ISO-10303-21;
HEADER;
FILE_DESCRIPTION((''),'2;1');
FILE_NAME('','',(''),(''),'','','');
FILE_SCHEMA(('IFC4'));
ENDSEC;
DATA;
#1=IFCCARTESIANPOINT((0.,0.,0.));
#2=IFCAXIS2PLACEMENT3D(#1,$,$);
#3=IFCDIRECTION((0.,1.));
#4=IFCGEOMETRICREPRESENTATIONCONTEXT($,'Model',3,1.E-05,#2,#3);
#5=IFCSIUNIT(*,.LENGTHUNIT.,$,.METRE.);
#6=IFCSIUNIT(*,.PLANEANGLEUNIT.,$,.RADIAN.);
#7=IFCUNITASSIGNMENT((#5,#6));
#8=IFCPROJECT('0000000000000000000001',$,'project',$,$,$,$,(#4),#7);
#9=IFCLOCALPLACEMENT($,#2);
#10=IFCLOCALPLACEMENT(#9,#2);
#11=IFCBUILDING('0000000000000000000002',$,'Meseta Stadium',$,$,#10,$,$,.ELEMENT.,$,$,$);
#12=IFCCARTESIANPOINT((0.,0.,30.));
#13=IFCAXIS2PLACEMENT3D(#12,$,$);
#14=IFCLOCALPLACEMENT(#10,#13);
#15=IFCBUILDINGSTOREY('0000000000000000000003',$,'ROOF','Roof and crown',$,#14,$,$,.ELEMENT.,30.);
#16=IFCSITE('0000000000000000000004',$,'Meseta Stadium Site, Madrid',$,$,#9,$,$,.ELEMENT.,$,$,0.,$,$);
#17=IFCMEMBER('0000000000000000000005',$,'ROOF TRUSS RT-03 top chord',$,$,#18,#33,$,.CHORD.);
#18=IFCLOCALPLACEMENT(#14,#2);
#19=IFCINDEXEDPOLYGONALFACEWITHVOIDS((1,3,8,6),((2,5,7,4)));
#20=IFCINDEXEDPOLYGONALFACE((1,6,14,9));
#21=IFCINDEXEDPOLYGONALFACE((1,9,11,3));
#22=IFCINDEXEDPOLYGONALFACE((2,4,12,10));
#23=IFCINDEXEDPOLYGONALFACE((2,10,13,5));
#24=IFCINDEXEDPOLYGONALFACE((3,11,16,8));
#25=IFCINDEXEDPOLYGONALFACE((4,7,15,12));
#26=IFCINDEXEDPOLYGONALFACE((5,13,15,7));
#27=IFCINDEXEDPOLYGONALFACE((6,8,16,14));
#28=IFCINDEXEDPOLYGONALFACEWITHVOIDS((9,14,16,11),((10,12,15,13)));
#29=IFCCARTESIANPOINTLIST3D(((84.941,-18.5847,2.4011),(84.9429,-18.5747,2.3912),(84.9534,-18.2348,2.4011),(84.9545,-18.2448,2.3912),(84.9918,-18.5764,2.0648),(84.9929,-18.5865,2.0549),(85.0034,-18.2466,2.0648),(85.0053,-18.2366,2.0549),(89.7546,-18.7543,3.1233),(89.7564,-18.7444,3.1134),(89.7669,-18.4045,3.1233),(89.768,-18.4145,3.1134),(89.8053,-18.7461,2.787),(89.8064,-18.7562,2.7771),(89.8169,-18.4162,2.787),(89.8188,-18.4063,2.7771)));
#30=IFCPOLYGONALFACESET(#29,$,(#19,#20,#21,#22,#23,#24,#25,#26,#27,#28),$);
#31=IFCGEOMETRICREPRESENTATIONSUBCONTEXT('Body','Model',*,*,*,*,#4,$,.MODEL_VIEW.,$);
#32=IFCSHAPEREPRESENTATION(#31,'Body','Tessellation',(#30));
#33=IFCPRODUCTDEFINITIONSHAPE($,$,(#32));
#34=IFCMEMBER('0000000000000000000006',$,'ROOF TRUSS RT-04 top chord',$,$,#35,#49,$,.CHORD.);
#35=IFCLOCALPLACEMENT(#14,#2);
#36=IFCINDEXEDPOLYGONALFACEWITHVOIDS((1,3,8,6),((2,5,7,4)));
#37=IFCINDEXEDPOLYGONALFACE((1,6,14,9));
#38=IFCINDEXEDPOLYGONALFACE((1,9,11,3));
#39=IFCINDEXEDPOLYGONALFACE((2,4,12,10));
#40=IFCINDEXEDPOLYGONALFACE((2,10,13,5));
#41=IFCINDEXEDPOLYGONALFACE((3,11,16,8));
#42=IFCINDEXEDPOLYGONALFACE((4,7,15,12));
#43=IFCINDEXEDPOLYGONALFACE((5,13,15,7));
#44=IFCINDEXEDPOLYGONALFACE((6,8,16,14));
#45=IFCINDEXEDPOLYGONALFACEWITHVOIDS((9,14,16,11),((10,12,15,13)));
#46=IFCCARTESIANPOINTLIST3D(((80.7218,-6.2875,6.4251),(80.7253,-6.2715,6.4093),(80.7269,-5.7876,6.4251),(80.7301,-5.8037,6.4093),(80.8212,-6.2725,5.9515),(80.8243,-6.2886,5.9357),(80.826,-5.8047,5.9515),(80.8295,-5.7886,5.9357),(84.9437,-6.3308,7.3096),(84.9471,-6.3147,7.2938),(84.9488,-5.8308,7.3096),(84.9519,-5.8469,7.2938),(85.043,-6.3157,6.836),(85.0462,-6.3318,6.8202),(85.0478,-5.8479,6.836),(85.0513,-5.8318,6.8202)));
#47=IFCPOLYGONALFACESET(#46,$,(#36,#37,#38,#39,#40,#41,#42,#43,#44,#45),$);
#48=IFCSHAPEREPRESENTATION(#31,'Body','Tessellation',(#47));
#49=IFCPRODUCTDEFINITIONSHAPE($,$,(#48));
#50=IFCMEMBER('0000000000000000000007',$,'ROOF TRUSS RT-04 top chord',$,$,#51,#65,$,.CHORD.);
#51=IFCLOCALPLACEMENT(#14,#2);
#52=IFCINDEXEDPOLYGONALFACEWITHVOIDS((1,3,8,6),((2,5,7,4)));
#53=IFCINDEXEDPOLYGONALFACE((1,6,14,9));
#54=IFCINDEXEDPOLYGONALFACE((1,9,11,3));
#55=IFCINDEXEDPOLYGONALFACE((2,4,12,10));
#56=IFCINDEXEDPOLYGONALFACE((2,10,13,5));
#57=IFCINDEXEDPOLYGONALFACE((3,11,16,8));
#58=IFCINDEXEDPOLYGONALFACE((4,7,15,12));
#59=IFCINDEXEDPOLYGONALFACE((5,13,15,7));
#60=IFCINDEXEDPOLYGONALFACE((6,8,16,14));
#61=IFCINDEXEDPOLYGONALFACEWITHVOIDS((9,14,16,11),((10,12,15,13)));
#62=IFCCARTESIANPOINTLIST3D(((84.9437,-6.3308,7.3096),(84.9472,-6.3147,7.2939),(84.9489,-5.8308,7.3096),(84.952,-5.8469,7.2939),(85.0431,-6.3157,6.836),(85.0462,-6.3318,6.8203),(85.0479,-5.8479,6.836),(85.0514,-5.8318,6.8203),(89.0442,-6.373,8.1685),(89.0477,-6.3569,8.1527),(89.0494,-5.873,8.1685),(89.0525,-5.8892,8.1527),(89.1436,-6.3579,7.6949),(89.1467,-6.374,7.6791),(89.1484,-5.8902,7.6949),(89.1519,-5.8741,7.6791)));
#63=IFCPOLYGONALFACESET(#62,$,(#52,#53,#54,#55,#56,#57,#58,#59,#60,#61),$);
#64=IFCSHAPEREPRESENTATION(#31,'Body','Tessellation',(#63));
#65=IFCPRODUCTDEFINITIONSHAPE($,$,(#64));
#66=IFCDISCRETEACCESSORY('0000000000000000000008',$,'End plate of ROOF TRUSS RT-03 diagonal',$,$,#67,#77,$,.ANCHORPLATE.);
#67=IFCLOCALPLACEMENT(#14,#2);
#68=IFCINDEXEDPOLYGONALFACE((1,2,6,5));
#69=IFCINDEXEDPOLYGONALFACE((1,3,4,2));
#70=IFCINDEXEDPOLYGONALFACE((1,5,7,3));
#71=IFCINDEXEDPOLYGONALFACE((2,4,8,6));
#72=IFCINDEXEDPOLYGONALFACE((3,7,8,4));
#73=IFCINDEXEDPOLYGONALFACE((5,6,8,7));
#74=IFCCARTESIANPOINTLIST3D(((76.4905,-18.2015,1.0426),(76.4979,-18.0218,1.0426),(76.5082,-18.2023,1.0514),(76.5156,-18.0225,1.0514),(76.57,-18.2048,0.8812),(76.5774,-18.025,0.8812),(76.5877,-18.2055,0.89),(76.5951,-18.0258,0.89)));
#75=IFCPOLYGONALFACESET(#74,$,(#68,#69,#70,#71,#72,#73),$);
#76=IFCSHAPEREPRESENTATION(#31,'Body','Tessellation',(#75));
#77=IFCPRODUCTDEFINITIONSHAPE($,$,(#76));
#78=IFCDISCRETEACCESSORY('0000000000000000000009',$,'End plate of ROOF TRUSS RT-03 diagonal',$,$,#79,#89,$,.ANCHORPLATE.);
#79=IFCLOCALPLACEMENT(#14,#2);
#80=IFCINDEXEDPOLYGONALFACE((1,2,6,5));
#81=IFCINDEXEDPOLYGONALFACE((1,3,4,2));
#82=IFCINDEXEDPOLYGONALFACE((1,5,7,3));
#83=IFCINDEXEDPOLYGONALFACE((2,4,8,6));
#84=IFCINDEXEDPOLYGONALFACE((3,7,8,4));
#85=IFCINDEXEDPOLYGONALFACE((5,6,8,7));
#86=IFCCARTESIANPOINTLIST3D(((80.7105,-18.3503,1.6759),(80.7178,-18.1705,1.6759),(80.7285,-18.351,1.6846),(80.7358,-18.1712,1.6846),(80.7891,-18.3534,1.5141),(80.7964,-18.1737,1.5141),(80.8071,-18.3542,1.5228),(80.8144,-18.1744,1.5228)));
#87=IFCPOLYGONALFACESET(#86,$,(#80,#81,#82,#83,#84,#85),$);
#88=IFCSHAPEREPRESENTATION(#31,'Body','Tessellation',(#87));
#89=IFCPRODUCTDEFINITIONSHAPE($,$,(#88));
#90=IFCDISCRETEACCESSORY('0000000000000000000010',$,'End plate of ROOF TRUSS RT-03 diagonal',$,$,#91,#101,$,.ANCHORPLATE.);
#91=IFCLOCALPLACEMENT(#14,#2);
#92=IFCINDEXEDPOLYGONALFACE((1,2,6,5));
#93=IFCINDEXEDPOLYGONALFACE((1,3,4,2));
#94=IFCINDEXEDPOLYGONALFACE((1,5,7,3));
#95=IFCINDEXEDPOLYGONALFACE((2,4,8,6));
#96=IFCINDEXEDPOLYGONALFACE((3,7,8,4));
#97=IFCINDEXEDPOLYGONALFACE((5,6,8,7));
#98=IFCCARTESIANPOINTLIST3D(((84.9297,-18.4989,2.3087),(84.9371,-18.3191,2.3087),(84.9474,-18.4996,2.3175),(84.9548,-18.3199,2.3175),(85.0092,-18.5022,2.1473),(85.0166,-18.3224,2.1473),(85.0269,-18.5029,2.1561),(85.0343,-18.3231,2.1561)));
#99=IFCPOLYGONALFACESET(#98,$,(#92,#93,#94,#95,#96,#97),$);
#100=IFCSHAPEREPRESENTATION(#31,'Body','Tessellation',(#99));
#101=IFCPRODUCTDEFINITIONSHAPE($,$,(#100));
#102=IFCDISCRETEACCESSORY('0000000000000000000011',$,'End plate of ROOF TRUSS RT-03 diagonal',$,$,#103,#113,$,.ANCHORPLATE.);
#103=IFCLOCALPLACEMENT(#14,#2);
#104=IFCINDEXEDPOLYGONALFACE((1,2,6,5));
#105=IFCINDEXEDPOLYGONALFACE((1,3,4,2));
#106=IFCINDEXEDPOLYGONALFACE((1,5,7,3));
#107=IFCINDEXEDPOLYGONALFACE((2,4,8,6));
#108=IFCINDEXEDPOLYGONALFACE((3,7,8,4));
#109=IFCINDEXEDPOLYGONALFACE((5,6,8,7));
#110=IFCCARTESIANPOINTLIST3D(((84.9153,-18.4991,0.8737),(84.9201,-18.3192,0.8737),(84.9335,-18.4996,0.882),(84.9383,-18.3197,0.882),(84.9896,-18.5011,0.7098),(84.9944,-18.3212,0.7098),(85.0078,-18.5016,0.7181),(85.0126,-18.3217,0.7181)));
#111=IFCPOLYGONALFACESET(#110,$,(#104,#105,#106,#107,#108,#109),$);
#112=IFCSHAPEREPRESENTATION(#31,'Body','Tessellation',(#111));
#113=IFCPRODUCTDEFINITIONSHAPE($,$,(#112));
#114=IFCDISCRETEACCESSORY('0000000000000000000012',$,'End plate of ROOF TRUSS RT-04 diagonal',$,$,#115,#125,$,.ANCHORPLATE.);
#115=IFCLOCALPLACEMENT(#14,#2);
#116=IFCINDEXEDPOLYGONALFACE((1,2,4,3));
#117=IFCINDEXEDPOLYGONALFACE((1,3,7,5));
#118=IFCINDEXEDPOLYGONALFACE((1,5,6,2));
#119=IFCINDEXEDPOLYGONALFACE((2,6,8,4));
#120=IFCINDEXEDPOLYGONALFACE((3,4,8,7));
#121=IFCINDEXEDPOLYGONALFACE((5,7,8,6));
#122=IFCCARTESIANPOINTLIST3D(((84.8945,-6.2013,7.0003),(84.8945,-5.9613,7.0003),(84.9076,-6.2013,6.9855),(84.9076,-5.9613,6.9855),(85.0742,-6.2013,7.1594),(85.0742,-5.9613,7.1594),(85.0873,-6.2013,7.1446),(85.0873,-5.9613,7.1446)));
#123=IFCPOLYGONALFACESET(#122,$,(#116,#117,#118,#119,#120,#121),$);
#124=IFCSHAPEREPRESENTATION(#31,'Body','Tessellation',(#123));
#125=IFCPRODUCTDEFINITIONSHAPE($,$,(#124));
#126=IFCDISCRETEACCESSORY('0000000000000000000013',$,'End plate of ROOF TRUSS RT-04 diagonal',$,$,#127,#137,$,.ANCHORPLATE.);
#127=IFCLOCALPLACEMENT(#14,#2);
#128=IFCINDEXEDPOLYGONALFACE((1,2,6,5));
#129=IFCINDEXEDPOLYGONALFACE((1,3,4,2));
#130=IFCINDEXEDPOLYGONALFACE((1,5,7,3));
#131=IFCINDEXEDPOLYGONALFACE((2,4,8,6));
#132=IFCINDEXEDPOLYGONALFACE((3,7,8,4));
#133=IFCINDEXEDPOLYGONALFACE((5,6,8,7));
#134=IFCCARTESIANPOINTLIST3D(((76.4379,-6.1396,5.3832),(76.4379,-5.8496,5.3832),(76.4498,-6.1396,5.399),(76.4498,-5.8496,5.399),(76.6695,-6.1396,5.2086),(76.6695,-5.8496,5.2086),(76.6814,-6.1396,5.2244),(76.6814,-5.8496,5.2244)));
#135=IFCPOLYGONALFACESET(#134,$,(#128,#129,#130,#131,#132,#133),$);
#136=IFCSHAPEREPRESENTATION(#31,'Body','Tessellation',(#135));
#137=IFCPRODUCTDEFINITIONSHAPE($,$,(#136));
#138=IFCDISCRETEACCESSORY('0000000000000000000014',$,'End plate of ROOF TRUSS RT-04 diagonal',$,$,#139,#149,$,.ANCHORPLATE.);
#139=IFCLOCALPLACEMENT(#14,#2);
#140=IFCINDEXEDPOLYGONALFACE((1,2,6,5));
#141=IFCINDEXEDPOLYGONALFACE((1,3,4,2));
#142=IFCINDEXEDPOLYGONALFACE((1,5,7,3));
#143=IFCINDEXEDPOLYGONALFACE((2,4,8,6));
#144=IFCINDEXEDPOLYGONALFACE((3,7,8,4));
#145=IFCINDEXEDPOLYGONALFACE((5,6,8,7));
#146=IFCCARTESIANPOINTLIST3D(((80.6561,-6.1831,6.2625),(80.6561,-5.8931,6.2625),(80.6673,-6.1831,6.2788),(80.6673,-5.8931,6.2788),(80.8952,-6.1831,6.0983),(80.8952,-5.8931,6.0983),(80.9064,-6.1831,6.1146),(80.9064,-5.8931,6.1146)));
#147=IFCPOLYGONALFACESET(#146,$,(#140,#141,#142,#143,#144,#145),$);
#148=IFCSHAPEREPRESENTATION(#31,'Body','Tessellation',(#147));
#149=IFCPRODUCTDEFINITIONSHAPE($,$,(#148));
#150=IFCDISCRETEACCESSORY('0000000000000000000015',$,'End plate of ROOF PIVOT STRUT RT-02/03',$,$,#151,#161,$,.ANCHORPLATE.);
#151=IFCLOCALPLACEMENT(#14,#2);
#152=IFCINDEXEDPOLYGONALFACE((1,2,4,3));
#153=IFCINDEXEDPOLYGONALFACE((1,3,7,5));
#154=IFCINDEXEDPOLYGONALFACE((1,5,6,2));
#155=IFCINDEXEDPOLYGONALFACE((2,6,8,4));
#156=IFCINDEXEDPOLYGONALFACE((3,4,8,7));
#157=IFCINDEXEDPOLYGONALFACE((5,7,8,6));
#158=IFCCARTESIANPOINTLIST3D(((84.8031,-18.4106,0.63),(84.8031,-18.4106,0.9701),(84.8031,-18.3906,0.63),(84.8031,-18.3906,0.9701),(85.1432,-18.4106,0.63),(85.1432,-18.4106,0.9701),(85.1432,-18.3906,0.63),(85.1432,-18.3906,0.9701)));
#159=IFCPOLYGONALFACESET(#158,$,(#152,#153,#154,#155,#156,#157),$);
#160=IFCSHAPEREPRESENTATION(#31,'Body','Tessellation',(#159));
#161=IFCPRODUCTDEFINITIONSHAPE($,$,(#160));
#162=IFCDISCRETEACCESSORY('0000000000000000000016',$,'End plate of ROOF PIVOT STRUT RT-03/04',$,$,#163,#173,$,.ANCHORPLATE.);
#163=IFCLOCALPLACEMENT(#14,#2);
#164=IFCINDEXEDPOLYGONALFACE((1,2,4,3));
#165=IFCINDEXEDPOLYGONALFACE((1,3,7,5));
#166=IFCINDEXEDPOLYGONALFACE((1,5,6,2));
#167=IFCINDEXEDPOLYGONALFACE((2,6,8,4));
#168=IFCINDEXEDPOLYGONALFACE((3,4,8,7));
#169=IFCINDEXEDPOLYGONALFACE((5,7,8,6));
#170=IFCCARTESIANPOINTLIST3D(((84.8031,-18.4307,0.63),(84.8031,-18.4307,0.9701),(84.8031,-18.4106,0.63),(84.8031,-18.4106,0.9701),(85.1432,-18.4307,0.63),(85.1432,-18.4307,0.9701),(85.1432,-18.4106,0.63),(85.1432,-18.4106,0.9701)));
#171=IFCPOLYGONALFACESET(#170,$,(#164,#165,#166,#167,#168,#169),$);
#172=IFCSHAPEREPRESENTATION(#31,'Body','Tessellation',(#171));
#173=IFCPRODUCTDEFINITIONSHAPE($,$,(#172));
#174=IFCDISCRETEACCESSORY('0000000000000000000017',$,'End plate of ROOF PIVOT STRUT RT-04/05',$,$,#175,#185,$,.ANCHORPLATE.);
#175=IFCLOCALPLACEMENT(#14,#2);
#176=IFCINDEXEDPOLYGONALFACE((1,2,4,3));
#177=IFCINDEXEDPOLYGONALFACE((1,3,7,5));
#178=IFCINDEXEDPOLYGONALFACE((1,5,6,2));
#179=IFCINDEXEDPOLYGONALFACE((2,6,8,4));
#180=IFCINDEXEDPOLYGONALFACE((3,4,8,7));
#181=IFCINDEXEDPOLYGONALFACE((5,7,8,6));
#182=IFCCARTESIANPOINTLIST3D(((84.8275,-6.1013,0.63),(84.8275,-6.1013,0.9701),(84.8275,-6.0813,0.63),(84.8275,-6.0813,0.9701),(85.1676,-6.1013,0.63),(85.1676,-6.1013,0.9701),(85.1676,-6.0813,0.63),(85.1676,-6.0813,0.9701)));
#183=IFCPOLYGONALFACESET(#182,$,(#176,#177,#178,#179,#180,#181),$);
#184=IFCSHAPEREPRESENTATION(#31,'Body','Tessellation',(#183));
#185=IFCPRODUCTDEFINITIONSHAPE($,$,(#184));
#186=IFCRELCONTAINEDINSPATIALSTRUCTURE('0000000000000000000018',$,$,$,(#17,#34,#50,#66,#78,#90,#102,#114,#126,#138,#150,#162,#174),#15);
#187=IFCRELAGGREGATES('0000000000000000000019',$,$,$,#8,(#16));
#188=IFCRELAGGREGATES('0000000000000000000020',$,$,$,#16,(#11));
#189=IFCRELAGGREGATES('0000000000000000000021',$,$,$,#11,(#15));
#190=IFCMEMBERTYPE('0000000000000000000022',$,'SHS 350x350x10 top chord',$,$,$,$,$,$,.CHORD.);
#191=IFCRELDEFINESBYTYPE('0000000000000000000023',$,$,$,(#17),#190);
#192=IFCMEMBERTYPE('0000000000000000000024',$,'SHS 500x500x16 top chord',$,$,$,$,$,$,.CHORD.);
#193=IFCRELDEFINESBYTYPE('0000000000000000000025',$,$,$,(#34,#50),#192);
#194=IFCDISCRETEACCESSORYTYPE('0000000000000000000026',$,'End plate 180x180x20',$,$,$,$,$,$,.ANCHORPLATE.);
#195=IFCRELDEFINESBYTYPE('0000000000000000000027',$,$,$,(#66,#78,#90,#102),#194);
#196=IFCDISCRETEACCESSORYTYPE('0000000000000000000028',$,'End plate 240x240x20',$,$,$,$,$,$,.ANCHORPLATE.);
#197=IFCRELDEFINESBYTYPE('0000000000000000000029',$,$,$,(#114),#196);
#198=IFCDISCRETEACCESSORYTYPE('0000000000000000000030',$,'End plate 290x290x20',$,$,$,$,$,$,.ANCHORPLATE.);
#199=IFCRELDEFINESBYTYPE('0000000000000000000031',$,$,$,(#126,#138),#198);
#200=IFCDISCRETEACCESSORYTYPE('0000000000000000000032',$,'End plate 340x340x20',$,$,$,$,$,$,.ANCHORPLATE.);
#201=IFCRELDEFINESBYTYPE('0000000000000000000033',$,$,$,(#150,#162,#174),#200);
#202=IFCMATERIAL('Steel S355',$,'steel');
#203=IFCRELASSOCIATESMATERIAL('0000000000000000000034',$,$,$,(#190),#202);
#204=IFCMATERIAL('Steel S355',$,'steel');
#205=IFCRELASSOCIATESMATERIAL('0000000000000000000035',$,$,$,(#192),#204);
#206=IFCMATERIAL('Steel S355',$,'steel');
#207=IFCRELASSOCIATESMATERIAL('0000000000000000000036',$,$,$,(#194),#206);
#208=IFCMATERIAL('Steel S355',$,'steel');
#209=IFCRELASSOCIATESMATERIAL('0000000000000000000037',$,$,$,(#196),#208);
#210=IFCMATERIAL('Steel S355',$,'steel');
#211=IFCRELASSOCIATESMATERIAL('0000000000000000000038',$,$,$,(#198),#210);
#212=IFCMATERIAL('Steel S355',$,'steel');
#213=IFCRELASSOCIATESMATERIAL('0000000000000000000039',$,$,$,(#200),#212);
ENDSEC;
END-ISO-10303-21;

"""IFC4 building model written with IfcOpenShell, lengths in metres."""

from ifc_helpers import new_model, si_unit, direction, frame, origin, origin_2d, place, context, subcontext, project, spatial, rectangle, hollow_rectangle, extrude, material, material_profile, profile_set, type_object, element, save


model = new_model("IFC4")

# Units and contexts
model_context = context("Model", 3, precision=1e-05, world=origin(), true_north=direction((0.0, 1.0)))
body_context = subcontext(model_context, "Body", "Model", "MODEL_VIEW")
ifc_project = project(units=[si_unit("LENGTHUNIT", "METRE"), si_unit("PLANEANGLEUNIT", "RADIAN")], contexts=[model_context])

# Site, building, storey
site_placement = place(None, origin())
site = spatial("IfcSite", under=ifc_project, at=site_placement, Name="Meseta Stadium Site, Madrid", CompositionType="ELEMENT", RefElevation=0.0)
building_placement = place(site_placement, origin())
building = spatial("IfcBuilding", under=site, at=building_placement, Name="Meseta Stadium", CompositionType="ELEMENT")
storey_placement = place(building_placement, frame((0.0, 0.0, 30.0)))
storey = spatial("IfcBuildingStorey", under=building, at=storey_placement, Name="ROOF", Description="Roof and crown", CompositionType="ELEMENT", Elevation=30.0)

# Members
ifc_material_1 = material(Name="Steel S355", Category="steel")
ifc_material_profile_1 = material_profile(ifc_material_1, hollow_rectangle(XDim=0.3501, YDim=0.3501, WallThickness=0.01, at=origin_2d()), Name="SHS 350x350x10")
ifc_profile_set_1 = profile_set([ifc_material_profile_1], Name="Steel S355")
member_type_1 = type_object("IfcMemberType", Name="SHS 350x350x10 top chord", PredefinedType="CHORD", material=ifc_profile_set_1)
member_1_placement = place(storey_placement, frame((84.9731, -18.4106, 2.228), z_axis=(0.988332, -0.034839, 0.14828), x_axis=(0.035229, 0.999379, 0.0)))
element("IfcMember", 1, at=member_1_placement, inside=storey, type_object=member_type_1, Name="ROOF TRUSS RT-03 top chord", PredefinedType="CHORD", context=body_context, shape_type="SweptSolid", body=[
    extrude(hollow_rectangle(XDim=0.3501, YDim=0.3501, WallThickness=0.01, at=origin_2d()), origin(), (0.0, 0.0, 1.0), 4.8704),
])
ifc_material_2 = material(Name="Steel S355", Category="steel")
ifc_material_profile_2 = material_profile(ifc_material_2, hollow_rectangle(XDim=0.5, YDim=0.5, WallThickness=0.0161, at=origin_2d()), Name="SHS 500x500x16")
ifc_profile_set_2 = profile_set([ifc_material_profile_2], Name="Steel S355")
member_type_2 = type_object("IfcMemberType", Name="SHS 500x500x16 top chord", PredefinedType="CHORD", material=ifc_profile_set_2)
member_2_placement = place(storey_placement, frame((80.7756, -6.0381, 6.1804), z_axis=(0.978701, -0.010017, 0.205045), x_axis=(0.010235, 0.999948, 0.0)))
element("IfcMember", 2, at=member_2_placement, inside=storey, type_object=member_type_2, Name="ROOF TRUSS RT-04 top chord", PredefinedType="CHORD", context=body_context, shape_type="SweptSolid", body=[
    extrude(hollow_rectangle(XDim=0.5, YDim=0.5, WallThickness=0.0161, at=origin_2d()), origin(), (0.0, 0.0, 1.0), 4.3137),
])
member_3_placement = place(storey_placement, frame((84.9976, -6.0813, 7.0649), z_axis=(0.978711, -0.010081, 0.204996), x_axis=(0.0103, 0.999947, 0.0)))
element("IfcMember", 3, at=member_3_placement, inside=storey, type_object=member_type_2, Name="ROOF TRUSS RT-04 top chord", PredefinedType="CHORD", context=body_context, shape_type="SweptSolid", body=[
    extrude(hollow_rectangle(XDim=0.5, YDim=0.5, WallThickness=0.0161, at=origin_2d()), origin(), (0.0, 0.0, 1.0), 4.1897),
])

# Discrete accessories
ifc_material_3 = material(Name="Steel S355", Category="steel")
ifc_material_profile_3 = material_profile(ifc_material_3, rectangle(XDim=0.1799, YDim=0.1799, at=origin_2d()), Name="PL 180x180")
ifc_profile_set_3 = profile_set([ifc_material_profile_3], Name="Steel S355")
discrete_accessory_type_1 = type_object("IfcDiscreteAccessoryType", Name="End plate 180x180x20", PredefinedType="ANCHORPLATE", material=ifc_profile_set_3)
discrete_accessory_1_placement = place(storey_placement, frame((76.5339, -18.1133, 0.9619), z_axis=(0.896262, -0.036833, 0.441992), x_axis=(0.041061, 0.999157, 0.0)))
element("IfcDiscreteAccessory", 4, at=discrete_accessory_1_placement, inside=storey, type_object=discrete_accessory_type_1, Name="End plate of ROOF TRUSS RT-03 diagonal", PredefinedType="ANCHORPLATE", context=body_context, shape_type="SweptSolid", body=[
    extrude(rectangle(XDim=0.1799, YDim=0.1799, at=origin_2d()), origin(), (0.0, 0.0, 1.0), 0.0198),
])
discrete_accessory_2_placement = place(storey_placement, frame((80.7534, -18.262, 1.595), z_axis=(0.898638, -0.036431, 0.437175), x_axis=(0.040507, 0.999179, 0.0)))
element("IfcDiscreteAccessory", 5, at=discrete_accessory_2_placement, inside=storey, type_object=discrete_accessory_type_1, Name="End plate of ROOF TRUSS RT-03 diagonal", PredefinedType="ANCHORPLATE", context=body_context, shape_type="SweptSolid", body=[
    extrude(rectangle(XDim=0.1799, YDim=0.1799, at=origin_2d()), origin(), (0.0, 0.0, 1.0), 0.02),
])
discrete_accessory_3_placement = place(storey_placement, frame((84.9731, -18.4106, 2.228), z_axis=(0.896262, -0.036833, 0.441992), x_axis=(0.041061, 0.999157, 0.0)))
element("IfcDiscreteAccessory", 6, at=discrete_accessory_3_placement, inside=storey, type_object=discrete_accessory_type_1, Name="End plate of ROOF TRUSS RT-03 diagonal", PredefinedType="ANCHORPLATE", context=body_context, shape_type="SweptSolid", body=[
    extrude(rectangle(XDim=0.1799, YDim=0.1799, at=origin_2d()), origin(), (0.0, 0.0, 1.0), 0.0198),
])
discrete_accessory_4_placement = place(storey_placement, frame((84.9548, -18.4102, 0.7917), z_axis=(0.910513, -0.02428, 0.412766), x_axis=(0.026657, 0.999645, 0.0)))
element("IfcDiscreteAccessory", 7, at=discrete_accessory_4_placement, inside=storey, type_object=discrete_accessory_type_1, Name="End plate of ROOF TRUSS RT-03 diagonal", PredefinedType="ANCHORPLATE", context=body_context, shape_type="SweptSolid", body=[
    extrude(rectangle(XDim=0.1799, YDim=0.1799, at=origin_2d()), origin(), (0.0, 0.0, 1.0), 0.02),
])
ifc_material_4 = material(Name="Steel S355", Category="steel")
ifc_material_profile_4 = material_profile(ifc_material_4, rectangle(XDim=0.24, YDim=0.24, at=origin_2d()), Name="PL 240x240")
ifc_profile_set_4 = profile_set([ifc_material_profile_4], Name="Steel S355")
discrete_accessory_type_2 = type_object("IfcDiscreteAccessoryType", Name="End plate 240x240x20", PredefinedType="ANCHORPLATE", material=ifc_profile_set_4)
discrete_accessory_5_placement = place(storey_placement, frame((84.9844, -6.0813, 7.0798), z_axis=(0.662839, 0.0, -0.748762), x_axis=(0.0, 1.0, 0.0)))
element("IfcDiscreteAccessory", 8, at=discrete_accessory_5_placement, inside=storey, type_object=discrete_accessory_type_2, Name="End plate of ROOF TRUSS RT-04 diagonal", PredefinedType="ANCHORPLATE", context=body_context, shape_type="SweptSolid", body=[
    extrude(rectangle(XDim=0.24, YDim=0.24, at=origin_2d()), origin(), (0.0, 0.0, 1.0), 0.0198),
])
ifc_material_5 = material(Name="Steel S355", Category="steel")
ifc_material_profile_5 = material_profile(ifc_material_5, rectangle(XDim=0.29, YDim=0.29, at=origin_2d()), Name="PL 290x290")
ifc_profile_set_5 = profile_set([ifc_material_profile_5], Name="Steel S355")
discrete_accessory_type_3 = type_object("IfcDiscreteAccessoryType", Name="End plate 290x290x20", PredefinedType="ANCHORPLATE", material=ifc_profile_set_5)
for number, where, z_axis, x_axis, name in (
    (9, (76.5537, -5.9946, 5.2959), (0.601964, 0.0, 0.798523), (0.0, 1.0, 0.0), "End plate of ROOF TRUSS RT-04 diagonal"),
    (10, (80.7756, -6.0381, 6.1804), (0.566007, 0.0, 0.824401), (0.0, 1.0, 0.0), "End plate of ROOF TRUSS RT-04 diagonal"),
):
    element("IfcDiscreteAccessory", number, at=place(storey_placement, frame(where, z_axis=z_axis, x_axis=x_axis)), inside=storey, type_object=discrete_accessory_type_3, Name=name, PredefinedType="ANCHORPLATE", context=body_context, shape_type="SweptSolid", body=[
        extrude(rectangle(XDim=0.29, YDim=0.29, at=origin_2d()), origin(), (0.0, 0.0, 1.0), 0.0198),
    ])
ifc_material_6 = material(Name="Steel S355", Category="steel")
ifc_material_profile_6 = material_profile(ifc_material_6, rectangle(XDim=0.3401, YDim=0.3401, at=origin_2d()), Name="PL 340x340")
ifc_profile_set_6 = profile_set([ifc_material_profile_6], Name="Steel S355")
discrete_accessory_type_4 = type_object("IfcDiscreteAccessoryType", Name="End plate 340x340x20", PredefinedType="ANCHORPLATE", material=ifc_profile_set_6)
for number, where, z_axis, x_axis, name in (
    (11, (84.9731, -18.4106, 0.8), (0.0, 1.0, 0.0), (-1.0, 0.0, 0.0), "End plate of ROOF PIVOT STRUT RT-02/03"),
    (12, (84.9731, -18.4307, 0.8), (0.0, 1.0, 0.0), (-1.0, 0.0, 0.0), "End plate of ROOF PIVOT STRUT RT-03/04"),
    (13, (84.9976, -6.1013, 0.8), (0.0, 1.0, 0.0), (-1.0, 0.0, 0.0), "End plate of ROOF PIVOT STRUT RT-04/05"),
):
    element("IfcDiscreteAccessory", number, at=place(storey_placement, frame(where, z_axis=z_axis, x_axis=x_axis)), inside=storey, type_object=discrete_accessory_type_4, Name=name, PredefinedType="ANCHORPLATE", context=body_context, shape_type="SweptSolid", body=[
        extrude(rectangle(XDim=0.3401, YDim=0.3401, at=origin_2d()), origin(), (0.0, 0.0, 1.0), 0.02),
    ])

save(model, "model.ifc")
